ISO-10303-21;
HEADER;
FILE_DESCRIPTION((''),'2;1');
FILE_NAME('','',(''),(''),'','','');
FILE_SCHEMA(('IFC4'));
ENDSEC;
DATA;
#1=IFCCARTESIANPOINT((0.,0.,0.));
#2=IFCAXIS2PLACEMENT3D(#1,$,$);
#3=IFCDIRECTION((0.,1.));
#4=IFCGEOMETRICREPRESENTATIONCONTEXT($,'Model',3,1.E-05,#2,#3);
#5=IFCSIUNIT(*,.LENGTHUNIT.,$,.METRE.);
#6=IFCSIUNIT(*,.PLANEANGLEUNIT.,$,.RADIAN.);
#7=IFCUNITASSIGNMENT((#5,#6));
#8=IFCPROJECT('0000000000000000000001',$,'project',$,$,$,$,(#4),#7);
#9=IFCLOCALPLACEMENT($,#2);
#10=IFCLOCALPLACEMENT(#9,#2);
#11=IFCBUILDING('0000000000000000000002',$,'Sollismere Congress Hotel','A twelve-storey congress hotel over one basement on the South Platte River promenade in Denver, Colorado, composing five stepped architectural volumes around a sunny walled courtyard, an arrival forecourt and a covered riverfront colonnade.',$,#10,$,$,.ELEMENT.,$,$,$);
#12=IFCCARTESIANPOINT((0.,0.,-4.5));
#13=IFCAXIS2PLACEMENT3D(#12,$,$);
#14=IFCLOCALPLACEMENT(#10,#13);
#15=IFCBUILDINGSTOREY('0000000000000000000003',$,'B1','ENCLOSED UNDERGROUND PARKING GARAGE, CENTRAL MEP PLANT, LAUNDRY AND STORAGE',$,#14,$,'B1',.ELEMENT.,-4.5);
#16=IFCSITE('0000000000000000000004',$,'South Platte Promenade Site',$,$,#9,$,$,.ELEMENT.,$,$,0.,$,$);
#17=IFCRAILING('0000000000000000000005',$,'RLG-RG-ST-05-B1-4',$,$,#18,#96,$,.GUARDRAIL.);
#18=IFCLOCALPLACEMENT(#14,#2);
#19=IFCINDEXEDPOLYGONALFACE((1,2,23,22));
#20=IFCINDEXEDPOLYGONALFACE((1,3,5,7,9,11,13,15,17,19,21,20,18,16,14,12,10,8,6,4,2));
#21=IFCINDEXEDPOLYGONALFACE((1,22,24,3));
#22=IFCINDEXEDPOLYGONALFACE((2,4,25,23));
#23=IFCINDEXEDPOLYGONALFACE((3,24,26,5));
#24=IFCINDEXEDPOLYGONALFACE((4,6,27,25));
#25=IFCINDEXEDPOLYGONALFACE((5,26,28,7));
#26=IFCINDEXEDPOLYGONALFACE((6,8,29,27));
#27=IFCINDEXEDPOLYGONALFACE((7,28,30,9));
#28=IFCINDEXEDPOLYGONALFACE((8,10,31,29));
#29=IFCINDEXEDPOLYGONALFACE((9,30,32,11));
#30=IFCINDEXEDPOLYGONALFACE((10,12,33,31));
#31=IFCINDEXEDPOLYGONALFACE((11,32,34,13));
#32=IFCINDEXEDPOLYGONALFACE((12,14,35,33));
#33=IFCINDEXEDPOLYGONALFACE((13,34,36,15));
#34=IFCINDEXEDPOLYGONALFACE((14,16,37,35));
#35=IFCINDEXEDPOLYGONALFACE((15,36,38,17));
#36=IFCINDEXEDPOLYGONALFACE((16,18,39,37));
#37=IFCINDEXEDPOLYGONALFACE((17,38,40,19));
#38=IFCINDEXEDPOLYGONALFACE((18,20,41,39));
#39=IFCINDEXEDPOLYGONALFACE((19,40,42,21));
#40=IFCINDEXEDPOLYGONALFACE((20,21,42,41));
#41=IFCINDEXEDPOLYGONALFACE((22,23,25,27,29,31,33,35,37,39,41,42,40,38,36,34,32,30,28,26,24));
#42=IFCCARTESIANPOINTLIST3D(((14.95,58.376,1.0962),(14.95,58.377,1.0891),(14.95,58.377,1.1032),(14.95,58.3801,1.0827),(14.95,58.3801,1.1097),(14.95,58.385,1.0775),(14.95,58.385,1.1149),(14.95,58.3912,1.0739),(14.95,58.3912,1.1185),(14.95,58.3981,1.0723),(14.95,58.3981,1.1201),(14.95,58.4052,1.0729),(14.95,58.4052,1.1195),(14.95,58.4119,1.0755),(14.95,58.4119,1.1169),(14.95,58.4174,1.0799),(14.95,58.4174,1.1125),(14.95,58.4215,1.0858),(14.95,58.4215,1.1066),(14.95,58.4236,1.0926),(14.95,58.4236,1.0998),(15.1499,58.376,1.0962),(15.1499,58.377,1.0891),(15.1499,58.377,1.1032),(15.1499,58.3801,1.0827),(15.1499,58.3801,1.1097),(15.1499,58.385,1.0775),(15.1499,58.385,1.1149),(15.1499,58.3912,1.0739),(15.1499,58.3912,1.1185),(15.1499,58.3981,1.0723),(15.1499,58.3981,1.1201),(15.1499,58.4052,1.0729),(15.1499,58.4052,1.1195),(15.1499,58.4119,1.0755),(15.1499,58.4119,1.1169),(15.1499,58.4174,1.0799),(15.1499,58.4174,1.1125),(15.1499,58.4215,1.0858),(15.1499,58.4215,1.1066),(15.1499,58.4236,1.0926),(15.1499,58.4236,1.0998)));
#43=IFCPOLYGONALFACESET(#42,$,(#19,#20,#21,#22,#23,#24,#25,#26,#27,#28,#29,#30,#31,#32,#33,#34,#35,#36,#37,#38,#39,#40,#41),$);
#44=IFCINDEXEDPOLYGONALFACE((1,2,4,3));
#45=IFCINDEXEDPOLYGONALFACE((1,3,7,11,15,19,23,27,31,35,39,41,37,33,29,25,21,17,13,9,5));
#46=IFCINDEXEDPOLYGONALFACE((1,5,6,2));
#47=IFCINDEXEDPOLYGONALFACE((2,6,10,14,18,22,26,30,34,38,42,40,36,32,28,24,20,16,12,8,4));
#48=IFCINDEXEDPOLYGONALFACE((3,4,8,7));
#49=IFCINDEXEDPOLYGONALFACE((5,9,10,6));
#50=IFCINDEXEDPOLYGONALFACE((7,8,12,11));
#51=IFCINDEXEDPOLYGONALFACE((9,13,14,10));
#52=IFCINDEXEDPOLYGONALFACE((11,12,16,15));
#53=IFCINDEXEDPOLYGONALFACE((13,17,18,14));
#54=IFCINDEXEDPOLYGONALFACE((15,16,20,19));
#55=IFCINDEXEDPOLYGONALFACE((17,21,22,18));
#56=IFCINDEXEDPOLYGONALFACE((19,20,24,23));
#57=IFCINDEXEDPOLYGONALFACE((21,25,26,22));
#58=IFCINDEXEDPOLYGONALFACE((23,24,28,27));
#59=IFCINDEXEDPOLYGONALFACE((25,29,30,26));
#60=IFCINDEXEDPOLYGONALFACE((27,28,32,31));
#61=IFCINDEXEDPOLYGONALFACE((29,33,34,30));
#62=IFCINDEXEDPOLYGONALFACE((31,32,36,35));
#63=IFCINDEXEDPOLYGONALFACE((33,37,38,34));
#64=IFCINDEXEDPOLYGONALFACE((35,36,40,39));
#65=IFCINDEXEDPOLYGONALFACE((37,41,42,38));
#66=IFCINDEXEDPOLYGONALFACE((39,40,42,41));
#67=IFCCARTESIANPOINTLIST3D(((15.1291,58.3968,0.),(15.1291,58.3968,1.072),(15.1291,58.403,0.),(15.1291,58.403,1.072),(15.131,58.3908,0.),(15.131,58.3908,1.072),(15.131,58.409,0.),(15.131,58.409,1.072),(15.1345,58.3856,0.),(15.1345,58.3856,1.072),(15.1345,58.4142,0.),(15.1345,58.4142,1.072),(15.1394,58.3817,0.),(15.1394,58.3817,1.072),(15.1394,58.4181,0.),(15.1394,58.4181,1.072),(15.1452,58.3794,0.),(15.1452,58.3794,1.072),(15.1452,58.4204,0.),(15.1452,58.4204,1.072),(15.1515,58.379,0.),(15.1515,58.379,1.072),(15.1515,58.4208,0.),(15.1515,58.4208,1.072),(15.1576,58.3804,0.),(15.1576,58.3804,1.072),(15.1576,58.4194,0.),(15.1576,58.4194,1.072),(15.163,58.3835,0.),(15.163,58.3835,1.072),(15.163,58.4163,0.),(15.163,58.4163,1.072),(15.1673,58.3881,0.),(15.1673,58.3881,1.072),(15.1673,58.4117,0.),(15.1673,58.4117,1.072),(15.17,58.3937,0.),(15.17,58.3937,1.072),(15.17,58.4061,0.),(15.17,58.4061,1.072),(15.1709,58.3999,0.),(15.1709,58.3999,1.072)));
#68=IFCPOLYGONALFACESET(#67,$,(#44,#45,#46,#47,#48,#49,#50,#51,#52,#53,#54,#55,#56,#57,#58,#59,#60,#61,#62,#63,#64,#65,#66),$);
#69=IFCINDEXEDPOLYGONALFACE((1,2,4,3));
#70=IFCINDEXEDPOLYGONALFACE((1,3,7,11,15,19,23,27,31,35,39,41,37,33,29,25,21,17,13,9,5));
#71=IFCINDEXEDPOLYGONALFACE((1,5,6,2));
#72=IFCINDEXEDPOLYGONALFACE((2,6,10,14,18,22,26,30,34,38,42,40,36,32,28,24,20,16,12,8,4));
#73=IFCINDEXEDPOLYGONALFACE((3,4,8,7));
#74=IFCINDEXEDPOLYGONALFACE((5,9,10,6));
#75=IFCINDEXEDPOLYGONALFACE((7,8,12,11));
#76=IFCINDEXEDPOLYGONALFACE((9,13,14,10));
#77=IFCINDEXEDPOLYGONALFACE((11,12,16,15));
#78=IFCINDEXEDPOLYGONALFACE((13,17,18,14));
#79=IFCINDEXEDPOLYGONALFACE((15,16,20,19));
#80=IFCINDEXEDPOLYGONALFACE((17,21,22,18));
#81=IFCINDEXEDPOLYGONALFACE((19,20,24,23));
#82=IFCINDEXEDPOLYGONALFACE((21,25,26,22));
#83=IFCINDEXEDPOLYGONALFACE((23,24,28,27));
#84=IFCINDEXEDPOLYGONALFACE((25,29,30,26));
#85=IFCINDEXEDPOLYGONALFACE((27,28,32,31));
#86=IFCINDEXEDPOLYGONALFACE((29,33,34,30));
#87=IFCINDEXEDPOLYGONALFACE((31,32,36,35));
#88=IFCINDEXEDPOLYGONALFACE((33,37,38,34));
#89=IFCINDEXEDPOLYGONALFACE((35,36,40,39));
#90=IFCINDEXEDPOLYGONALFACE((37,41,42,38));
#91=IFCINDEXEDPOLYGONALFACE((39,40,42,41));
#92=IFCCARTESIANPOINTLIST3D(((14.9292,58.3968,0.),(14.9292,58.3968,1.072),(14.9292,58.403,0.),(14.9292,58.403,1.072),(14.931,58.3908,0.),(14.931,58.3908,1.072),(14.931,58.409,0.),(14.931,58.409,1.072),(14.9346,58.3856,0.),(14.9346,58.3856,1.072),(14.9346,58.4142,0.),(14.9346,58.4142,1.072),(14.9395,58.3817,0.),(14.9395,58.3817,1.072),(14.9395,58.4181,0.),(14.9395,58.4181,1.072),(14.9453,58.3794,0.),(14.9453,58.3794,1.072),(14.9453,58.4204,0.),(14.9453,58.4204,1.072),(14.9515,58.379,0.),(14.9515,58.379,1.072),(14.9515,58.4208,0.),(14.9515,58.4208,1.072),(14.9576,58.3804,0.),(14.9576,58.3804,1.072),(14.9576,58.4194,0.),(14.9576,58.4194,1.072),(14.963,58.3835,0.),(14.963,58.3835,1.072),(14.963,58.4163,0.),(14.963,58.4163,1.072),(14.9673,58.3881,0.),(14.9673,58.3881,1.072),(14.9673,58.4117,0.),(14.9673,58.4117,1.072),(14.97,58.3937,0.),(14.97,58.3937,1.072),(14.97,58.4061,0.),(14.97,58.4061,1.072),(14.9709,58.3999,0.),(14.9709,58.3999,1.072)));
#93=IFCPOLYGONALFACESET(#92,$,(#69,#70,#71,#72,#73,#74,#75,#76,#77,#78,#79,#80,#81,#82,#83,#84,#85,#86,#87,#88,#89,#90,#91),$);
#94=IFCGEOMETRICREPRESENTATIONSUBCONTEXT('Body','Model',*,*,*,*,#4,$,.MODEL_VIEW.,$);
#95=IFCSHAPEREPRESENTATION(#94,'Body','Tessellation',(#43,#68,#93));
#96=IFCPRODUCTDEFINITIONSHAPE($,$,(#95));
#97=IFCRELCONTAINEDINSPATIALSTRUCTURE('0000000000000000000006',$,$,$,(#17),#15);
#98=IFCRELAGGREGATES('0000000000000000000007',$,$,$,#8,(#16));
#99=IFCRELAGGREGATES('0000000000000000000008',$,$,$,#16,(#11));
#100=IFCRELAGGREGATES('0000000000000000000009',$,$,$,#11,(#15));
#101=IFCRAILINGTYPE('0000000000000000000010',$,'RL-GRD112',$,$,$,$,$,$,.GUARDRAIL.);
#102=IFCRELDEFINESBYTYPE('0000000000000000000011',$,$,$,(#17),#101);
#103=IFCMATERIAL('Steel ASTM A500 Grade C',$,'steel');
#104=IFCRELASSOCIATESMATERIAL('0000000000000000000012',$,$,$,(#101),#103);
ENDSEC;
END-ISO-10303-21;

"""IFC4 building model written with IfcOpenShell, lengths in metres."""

from ifc_helpers import new_model, si_unit, direction, frame, origin, origin_2d, place, context, subcontext, project, spatial, circle, extrude, material, type_object, element, save


model = new_model("IFC4")

# Units and contexts
model_context = context("Model", 3, precision=1e-05, world=origin(), true_north=direction((0.0, 1.0)))
body_context = subcontext(model_context, "Body", "Model", "MODEL_VIEW")
ifc_project = project(units=[si_unit("LENGTHUNIT", "METRE"), si_unit("PLANEANGLEUNIT", "RADIAN")], contexts=[model_context])

# Site, building, storey
site_placement = place(None, origin())
site = spatial("IfcSite", under=ifc_project, at=site_placement, Name="South Platte Promenade Site", CompositionType="ELEMENT", RefElevation=0.0)
building_placement = place(site_placement, origin())
building = spatial("IfcBuilding", under=site, at=building_placement, Name="Sollismere Congress Hotel", Description="A twelve-storey congress hotel over one basement on the South Platte River promenade in Denver, Colorado, composing five stepped architectural volumes around a sunny walled courtyard, an arrival forecourt and a covered riverfront colonnade.", CompositionType="ELEMENT")
storey_placement = place(building_placement, frame((0.0, 0.0, -4.5)))
storey = spatial("IfcBuildingStorey", under=building, at=storey_placement, Name="B1", Description="ENCLOSED UNDERGROUND PARKING GARAGE, CENTRAL MEP PLANT, LAUNDRY AND STORAGE", LongName="B1", CompositionType="ELEMENT", Elevation=-4.5)

# Railing
ifc_material_1 = material(Name="Steel ASTM A500 Grade C", Category="steel")
railing_type_1 = type_object("IfcRailingType", Name="RL-GRD112", PredefinedType="GUARDRAIL", material=ifc_material_1)
railing_1_placement = place(storey_placement, frame((15.1499, 58.3999, 0.0)))
element("IfcRailing", 1, at=railing_1_placement, inside=storey, type_object=railing_type_1, Name="RLG-RG-ST-05-B1-4", PredefinedType="GUARDRAIL", context=body_context, shape_type="SweptSolid", body=[
    extrude(circle(Radius=0.0239, at=origin_2d()), frame((0.0, 0.0, 1.0962), z_axis=(-1.0, 0.0, 0.0), x_axis=(0.0, -1.0, 0.0)), (0.0, 0.0, 1.0), 0.2),
    extrude(circle(Radius=0.021, at=origin_2d()), origin(), (0.0, 0.0, 1.0), 1.072),
    extrude(circle(Radius=0.021, at=origin_2d()), frame((-0.2, 0.0, 0.0)), (0.0, 0.0, 1.0), 1.072),
])

save(model, "model.ifc")
